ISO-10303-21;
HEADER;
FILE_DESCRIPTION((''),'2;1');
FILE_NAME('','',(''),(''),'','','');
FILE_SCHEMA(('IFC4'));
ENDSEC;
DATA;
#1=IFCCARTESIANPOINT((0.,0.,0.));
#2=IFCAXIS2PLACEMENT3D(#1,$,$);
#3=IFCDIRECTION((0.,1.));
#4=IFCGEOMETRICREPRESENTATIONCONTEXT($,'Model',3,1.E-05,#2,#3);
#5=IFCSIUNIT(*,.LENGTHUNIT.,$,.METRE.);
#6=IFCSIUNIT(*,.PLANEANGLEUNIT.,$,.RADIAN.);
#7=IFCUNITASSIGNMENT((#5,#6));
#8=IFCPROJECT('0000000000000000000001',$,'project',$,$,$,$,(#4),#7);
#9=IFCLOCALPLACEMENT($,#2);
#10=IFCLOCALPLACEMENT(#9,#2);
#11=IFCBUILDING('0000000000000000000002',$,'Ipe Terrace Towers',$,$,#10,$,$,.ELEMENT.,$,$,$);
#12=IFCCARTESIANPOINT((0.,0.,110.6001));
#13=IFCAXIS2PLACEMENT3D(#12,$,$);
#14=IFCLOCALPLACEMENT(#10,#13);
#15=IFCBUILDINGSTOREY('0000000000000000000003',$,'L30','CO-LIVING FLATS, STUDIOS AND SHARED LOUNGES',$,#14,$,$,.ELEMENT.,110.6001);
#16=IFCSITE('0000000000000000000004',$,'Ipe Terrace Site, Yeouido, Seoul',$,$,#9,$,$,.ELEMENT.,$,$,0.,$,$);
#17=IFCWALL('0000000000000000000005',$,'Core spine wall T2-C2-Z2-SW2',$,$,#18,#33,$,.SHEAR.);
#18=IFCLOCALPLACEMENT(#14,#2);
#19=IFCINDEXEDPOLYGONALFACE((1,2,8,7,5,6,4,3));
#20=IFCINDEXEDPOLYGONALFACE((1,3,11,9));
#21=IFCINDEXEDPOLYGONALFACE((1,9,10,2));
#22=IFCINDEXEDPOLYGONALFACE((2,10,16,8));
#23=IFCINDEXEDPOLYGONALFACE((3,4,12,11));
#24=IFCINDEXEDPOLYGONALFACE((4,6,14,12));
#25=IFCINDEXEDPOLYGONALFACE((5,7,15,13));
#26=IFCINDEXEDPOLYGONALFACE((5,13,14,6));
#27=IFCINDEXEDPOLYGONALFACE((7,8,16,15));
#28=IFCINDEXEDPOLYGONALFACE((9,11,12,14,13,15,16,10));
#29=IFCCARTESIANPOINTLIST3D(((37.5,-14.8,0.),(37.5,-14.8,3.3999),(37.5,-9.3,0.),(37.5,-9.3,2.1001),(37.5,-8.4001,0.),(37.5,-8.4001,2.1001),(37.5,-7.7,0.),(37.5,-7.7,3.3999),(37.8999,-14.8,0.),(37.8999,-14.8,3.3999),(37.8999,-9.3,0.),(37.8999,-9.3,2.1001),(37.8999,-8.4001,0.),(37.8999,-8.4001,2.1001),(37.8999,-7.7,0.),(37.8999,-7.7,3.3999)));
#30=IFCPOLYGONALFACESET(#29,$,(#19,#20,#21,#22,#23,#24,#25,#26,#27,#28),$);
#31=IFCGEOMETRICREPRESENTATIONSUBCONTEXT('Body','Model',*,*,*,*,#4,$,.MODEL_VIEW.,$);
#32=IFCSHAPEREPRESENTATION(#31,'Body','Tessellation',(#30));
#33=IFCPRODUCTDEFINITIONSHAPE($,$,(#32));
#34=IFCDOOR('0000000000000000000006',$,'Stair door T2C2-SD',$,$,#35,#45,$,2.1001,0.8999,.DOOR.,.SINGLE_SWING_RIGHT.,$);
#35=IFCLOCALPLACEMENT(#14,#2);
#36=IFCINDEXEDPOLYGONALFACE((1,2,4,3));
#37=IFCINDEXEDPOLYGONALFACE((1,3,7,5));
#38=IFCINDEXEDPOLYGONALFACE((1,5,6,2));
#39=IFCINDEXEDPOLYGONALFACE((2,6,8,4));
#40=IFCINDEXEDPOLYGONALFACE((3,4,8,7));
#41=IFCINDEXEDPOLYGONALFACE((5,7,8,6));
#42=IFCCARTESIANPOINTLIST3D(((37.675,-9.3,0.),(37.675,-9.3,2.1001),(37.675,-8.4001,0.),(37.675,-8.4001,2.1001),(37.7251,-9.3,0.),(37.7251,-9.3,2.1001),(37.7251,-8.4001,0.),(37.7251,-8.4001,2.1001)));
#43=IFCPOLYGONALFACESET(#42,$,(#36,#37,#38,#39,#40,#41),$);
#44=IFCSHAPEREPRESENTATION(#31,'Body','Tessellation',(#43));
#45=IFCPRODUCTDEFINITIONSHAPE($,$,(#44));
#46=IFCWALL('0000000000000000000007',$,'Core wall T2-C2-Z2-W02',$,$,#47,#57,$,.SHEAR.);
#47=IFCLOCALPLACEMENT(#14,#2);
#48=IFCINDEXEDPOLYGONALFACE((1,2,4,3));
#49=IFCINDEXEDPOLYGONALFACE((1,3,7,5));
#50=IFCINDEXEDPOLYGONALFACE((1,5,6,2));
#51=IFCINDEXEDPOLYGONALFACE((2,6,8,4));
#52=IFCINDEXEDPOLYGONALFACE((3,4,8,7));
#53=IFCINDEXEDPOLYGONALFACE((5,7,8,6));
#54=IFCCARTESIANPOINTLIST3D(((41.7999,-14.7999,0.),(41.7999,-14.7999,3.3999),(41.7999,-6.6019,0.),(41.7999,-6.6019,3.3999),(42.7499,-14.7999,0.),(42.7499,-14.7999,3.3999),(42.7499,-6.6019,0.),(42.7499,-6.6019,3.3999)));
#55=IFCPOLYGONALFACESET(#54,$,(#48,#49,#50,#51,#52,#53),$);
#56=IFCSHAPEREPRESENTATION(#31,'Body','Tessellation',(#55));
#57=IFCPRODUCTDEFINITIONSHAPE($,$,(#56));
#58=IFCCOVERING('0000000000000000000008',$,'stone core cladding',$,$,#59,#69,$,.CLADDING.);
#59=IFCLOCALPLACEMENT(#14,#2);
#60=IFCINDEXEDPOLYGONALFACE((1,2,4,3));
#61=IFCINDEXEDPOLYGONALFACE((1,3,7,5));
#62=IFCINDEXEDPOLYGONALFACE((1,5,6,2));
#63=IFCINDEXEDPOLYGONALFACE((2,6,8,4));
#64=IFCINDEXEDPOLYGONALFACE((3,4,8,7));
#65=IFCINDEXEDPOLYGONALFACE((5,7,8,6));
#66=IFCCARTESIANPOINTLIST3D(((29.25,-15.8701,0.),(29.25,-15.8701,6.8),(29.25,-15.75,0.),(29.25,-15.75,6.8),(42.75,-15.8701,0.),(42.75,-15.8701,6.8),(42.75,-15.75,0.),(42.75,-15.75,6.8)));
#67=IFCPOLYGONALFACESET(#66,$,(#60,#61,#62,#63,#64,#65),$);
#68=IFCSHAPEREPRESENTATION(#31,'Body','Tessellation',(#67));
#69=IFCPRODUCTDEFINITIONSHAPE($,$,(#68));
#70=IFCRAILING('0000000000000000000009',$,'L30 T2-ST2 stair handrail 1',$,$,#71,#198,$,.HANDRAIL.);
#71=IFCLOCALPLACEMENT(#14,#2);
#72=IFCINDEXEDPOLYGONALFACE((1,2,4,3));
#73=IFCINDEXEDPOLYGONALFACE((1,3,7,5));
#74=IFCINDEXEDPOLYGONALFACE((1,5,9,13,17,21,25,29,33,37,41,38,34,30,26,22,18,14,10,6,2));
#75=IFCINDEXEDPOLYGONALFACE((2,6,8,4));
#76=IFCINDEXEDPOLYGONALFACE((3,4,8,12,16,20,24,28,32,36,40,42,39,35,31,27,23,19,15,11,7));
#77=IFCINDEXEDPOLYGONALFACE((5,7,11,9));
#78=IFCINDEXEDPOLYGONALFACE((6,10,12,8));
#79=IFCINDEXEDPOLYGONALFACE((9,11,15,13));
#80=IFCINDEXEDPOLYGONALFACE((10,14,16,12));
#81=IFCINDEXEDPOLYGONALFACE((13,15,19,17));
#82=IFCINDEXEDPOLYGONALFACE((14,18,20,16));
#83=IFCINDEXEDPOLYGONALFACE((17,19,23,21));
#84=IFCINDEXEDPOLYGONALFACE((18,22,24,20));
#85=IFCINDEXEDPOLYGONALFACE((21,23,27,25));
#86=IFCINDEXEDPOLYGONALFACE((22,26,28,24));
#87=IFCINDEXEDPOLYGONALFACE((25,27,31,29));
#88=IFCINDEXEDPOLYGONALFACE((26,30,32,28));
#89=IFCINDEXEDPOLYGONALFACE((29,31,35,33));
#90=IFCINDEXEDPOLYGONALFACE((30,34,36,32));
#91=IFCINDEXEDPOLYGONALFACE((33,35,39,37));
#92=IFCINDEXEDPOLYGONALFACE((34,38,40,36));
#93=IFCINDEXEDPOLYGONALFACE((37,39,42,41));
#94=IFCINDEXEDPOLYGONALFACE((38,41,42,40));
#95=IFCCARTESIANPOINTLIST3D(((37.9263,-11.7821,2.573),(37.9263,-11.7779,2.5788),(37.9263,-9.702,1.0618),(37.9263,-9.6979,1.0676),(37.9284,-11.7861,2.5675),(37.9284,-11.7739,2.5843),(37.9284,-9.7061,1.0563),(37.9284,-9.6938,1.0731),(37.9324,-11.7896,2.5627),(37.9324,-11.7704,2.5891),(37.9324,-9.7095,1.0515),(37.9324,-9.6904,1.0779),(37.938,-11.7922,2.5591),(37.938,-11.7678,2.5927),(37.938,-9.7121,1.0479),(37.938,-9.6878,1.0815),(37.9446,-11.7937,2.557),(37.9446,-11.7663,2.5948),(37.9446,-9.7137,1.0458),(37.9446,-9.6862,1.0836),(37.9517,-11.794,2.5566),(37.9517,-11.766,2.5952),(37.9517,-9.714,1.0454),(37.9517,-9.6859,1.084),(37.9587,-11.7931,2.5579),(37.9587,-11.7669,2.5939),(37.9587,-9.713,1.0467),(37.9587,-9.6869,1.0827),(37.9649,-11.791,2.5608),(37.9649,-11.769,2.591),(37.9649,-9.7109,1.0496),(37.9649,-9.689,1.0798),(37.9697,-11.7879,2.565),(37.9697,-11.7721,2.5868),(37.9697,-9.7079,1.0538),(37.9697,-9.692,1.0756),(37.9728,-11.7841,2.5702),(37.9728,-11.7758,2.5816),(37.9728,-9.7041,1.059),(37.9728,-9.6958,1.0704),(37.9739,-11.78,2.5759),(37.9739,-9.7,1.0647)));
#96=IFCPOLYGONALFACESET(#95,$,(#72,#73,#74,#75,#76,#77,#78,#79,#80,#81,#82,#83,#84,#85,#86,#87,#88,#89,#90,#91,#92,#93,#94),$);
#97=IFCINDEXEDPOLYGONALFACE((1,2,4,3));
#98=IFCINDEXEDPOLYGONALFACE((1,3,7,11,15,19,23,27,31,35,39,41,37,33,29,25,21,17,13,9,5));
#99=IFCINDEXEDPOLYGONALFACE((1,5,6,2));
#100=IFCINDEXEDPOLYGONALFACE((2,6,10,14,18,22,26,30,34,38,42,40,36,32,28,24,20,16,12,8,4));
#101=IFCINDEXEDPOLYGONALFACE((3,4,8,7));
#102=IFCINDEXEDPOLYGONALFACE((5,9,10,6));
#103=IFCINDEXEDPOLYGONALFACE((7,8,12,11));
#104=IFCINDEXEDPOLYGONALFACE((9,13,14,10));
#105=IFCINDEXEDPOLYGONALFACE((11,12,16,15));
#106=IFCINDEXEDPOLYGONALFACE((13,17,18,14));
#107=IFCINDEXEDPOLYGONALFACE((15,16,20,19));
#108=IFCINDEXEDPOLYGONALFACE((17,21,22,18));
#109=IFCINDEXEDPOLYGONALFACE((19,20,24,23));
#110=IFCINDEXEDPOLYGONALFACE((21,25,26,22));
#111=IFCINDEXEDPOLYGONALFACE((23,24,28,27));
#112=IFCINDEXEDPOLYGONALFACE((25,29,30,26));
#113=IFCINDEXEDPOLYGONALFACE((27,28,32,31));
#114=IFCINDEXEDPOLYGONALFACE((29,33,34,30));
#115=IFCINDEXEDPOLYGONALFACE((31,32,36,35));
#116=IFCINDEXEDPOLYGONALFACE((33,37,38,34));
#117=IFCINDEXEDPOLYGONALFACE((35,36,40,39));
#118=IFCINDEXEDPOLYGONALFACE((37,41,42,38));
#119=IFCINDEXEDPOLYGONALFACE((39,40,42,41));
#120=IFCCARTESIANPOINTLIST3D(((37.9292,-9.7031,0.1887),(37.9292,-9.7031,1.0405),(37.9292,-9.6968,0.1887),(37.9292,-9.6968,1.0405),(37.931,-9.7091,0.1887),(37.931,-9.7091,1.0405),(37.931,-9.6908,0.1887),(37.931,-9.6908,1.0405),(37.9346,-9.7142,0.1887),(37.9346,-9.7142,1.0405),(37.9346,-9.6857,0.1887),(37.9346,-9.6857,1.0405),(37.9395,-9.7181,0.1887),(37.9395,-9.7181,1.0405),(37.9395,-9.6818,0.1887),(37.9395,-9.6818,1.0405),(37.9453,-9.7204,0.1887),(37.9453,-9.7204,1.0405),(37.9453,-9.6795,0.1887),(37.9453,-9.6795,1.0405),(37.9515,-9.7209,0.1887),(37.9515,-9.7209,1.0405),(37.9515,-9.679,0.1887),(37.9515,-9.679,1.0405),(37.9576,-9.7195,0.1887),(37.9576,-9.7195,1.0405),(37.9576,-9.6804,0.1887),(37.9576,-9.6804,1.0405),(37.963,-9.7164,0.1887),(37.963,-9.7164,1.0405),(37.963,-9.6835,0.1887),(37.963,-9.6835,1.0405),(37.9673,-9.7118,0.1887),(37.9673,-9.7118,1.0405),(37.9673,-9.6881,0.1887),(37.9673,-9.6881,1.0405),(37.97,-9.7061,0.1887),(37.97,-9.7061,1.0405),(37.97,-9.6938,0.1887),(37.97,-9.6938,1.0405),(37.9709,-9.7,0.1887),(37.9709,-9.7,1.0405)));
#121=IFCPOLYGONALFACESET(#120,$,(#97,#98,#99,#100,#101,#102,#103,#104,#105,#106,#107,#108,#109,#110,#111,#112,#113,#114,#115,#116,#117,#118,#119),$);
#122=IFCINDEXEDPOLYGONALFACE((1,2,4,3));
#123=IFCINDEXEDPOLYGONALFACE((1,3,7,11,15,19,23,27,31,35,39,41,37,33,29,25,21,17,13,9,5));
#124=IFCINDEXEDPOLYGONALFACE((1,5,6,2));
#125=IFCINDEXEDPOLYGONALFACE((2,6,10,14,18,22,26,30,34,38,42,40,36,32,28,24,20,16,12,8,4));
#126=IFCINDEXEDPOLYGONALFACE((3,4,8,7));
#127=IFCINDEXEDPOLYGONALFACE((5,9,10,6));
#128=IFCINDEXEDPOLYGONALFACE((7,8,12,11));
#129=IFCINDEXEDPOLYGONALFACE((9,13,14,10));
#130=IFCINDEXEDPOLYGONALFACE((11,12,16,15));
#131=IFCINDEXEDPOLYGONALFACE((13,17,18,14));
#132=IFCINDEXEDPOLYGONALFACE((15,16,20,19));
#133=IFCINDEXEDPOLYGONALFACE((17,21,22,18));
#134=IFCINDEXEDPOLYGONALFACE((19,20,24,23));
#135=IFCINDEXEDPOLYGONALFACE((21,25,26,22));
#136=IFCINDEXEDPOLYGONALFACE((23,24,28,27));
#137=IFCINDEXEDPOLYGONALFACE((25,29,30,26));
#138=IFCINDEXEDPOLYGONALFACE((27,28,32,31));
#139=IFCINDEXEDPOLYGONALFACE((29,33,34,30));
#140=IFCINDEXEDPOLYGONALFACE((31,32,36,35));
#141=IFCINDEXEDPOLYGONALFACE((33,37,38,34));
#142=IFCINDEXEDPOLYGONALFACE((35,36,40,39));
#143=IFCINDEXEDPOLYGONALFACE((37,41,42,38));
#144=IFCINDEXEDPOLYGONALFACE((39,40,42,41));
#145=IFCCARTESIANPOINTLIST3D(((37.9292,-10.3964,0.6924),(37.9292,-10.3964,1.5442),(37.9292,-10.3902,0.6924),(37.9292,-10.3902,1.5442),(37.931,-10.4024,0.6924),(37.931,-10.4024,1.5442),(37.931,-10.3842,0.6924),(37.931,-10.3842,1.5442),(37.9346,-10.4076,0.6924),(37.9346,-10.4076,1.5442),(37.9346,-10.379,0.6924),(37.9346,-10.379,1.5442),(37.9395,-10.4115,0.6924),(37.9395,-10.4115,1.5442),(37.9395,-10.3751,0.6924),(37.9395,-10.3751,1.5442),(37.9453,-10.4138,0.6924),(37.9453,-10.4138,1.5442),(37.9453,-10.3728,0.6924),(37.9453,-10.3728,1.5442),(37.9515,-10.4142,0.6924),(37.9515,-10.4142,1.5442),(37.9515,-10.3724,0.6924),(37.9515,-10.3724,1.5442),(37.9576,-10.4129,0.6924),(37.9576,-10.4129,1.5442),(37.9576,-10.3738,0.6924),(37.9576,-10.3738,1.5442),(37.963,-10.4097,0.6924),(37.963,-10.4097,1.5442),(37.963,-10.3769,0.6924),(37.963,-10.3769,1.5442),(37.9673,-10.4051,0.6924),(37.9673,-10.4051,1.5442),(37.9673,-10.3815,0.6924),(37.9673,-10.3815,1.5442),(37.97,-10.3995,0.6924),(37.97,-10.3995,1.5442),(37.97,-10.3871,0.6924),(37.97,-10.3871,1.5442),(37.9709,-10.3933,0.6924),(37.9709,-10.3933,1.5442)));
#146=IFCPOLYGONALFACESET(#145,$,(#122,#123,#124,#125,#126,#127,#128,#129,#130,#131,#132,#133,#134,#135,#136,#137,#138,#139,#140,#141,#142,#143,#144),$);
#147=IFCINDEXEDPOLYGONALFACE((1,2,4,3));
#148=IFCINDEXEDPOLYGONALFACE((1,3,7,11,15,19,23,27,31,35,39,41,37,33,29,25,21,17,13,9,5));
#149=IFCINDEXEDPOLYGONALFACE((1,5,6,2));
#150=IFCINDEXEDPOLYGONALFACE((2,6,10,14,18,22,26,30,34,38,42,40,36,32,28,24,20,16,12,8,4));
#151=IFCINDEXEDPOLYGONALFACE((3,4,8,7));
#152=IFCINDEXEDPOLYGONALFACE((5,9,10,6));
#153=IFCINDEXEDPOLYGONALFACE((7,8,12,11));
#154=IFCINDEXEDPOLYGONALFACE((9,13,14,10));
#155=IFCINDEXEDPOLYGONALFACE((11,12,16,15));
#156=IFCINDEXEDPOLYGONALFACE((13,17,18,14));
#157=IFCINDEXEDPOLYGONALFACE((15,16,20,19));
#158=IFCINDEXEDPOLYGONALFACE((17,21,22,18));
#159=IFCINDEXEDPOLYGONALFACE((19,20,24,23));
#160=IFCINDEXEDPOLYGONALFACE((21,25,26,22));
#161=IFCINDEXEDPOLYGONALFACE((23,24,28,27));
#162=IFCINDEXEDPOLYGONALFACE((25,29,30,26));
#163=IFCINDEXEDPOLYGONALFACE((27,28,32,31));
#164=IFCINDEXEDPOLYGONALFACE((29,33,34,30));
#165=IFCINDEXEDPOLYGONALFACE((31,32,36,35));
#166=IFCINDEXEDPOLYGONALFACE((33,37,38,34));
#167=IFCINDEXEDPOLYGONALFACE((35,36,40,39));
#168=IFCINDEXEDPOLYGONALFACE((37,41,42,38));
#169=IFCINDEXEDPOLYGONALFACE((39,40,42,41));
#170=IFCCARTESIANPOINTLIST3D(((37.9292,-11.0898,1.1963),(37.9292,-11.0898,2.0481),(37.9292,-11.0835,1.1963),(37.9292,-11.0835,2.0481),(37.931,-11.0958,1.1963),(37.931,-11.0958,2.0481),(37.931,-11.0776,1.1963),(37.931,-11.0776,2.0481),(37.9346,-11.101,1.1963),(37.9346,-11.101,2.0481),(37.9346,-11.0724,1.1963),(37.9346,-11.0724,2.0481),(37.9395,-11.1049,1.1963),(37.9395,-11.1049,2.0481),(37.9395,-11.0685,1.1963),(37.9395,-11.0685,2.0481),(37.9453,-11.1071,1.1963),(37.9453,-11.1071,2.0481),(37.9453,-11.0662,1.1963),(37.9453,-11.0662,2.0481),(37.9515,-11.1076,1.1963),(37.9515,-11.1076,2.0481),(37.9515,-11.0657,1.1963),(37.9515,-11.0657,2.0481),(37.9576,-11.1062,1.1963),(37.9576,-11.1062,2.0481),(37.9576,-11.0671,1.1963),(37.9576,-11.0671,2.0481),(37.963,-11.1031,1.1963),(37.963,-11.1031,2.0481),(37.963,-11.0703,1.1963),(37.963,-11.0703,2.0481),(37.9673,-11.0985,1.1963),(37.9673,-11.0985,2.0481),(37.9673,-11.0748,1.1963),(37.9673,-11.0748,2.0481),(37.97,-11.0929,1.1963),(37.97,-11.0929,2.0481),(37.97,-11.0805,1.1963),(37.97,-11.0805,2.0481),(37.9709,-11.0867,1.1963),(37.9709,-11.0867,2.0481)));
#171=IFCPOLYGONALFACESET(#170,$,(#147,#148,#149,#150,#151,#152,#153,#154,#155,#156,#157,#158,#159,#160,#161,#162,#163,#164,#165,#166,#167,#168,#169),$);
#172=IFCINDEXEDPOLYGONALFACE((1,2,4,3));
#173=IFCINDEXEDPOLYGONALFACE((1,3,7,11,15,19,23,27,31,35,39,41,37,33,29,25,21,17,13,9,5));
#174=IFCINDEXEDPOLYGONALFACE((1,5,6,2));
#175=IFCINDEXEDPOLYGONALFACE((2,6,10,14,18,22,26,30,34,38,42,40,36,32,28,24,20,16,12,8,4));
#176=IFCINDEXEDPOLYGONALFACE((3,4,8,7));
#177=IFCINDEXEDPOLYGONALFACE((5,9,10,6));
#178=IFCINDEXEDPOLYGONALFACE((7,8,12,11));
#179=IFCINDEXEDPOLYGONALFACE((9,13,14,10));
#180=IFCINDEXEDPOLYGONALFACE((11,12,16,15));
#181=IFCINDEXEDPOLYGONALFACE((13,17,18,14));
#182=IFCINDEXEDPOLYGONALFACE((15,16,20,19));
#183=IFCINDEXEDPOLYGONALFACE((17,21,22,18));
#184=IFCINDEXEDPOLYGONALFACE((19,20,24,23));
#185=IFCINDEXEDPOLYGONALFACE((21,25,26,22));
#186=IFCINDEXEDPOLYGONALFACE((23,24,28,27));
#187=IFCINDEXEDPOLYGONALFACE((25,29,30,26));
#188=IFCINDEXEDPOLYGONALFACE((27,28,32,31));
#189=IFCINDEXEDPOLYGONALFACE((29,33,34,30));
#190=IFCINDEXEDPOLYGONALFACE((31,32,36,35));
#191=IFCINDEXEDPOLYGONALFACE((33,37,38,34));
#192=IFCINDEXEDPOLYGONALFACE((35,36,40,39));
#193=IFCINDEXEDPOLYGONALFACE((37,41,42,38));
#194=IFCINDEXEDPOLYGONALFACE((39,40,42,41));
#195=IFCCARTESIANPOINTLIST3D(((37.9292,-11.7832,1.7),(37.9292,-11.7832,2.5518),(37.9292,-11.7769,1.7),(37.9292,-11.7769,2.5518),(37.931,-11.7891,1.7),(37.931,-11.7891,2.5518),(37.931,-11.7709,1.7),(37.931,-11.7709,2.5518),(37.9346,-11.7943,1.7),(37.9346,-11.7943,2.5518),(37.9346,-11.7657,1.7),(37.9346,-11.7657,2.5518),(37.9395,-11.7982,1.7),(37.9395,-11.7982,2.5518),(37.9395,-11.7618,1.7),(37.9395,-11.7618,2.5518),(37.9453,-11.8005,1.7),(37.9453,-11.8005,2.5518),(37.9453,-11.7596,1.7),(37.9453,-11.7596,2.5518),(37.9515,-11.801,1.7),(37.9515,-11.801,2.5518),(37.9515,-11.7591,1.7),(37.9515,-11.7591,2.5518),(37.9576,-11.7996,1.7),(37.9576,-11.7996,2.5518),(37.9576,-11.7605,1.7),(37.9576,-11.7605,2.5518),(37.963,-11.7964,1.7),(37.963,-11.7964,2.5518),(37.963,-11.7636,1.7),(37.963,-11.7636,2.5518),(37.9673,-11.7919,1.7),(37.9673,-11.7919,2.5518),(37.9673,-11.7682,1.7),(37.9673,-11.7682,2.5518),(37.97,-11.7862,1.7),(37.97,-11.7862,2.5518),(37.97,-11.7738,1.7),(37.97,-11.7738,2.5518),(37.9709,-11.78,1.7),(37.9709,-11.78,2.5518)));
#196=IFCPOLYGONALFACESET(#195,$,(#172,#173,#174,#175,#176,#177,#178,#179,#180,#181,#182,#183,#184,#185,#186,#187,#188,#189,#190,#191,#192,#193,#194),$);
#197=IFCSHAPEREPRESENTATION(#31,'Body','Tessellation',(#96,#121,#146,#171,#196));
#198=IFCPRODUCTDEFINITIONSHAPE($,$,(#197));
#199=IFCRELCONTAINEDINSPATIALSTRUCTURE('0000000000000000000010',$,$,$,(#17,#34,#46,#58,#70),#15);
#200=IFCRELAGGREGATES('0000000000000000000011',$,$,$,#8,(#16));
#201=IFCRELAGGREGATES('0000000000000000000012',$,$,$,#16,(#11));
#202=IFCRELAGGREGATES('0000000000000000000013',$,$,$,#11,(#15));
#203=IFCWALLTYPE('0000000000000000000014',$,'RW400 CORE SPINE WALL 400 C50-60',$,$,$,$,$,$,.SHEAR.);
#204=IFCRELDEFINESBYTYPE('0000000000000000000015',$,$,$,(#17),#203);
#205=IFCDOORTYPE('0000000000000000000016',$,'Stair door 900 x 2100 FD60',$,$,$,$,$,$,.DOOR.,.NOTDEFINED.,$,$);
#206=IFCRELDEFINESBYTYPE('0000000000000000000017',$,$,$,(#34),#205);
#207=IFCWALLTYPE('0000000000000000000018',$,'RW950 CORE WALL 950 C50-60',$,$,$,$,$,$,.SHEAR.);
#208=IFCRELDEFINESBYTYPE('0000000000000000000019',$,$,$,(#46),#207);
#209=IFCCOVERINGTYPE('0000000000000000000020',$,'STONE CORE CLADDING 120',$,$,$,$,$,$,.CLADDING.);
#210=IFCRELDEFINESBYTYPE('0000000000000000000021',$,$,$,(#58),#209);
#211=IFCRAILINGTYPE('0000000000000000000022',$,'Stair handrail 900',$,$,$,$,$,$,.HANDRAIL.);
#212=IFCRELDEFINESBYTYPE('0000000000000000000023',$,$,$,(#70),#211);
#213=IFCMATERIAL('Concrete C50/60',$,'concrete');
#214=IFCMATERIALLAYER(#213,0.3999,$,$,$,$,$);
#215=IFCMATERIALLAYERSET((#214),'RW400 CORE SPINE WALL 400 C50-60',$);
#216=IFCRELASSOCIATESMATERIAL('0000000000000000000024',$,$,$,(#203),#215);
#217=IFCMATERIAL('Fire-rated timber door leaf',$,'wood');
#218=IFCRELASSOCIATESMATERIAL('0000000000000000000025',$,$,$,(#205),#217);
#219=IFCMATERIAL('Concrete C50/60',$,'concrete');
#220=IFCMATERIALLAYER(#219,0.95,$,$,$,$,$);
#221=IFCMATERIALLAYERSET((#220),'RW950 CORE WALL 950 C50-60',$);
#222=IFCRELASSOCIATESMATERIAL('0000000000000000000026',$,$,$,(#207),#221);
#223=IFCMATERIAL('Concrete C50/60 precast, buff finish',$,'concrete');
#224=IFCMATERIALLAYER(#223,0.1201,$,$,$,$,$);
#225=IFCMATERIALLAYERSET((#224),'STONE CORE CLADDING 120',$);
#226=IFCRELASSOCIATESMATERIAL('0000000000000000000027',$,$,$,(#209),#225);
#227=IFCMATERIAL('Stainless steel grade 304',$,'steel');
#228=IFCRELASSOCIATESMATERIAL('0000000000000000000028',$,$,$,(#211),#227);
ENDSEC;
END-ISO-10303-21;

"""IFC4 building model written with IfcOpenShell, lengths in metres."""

from ifc_helpers import new_model, si_unit, direction, frame, frame_2d, origin, origin_2d, place, context, subcontext, project, spatial, rectangle, circle, extrude, material, layer, layer_set, type_object, element, fill, save


model = new_model("IFC4")

# Units and contexts
model_context = context("Model", 3, precision=1e-05, world=origin(), true_north=direction((0.0, 1.0)))
body_context = subcontext(model_context, "Body", "Model", "MODEL_VIEW")
ifc_project = project(units=[si_unit("LENGTHUNIT", "METRE"), si_unit("PLANEANGLEUNIT", "RADIAN")], contexts=[model_context])

# Site, building, storey
site_placement = place(None, origin())
site = spatial("IfcSite", under=ifc_project, at=site_placement, Name="Ipe Terrace Site, Yeouido, Seoul", CompositionType="ELEMENT", RefElevation=0.0)
building_placement = place(site_placement, origin())
building = spatial("IfcBuilding", under=site, at=building_placement, Name="Ipe Terrace Towers", CompositionType="ELEMENT")
storey_placement = place(building_placement, frame((0.0, 0.0, 110.6001)))
storey = spatial("IfcBuildingStorey", under=building, at=storey_placement, Name="L30", Description="CO-LIVING FLATS, STUDIOS AND SHARED LOUNGES", CompositionType="ELEMENT", Elevation=110.6001)

# Wall, opening, door
ifc_material_1 = material(Name="Concrete C50/60", Category="concrete")
ifc_layer_1 = layer(ifc_material_1, 0.3999)
ifc_layer_set_1 = layer_set([ifc_layer_1], Name="RW400 CORE SPINE WALL 400 C50-60")
wall_type_1 = type_object("IfcWallType", Name="RW400 CORE SPINE WALL 400 C50-60", PredefinedType="SHEAR", material=ifc_layer_set_1)
wall_1_placement = place(storey_placement, frame((37.7, -14.8, 0.0), z_axis=(0.0, 0.0, 1.0), x_axis=(0.0, 1.0, 0.0)))
wall_1 = element("IfcWall", 1, at=wall_1_placement, inside=storey, type_object=wall_type_1, Name="Core spine wall T2-C2-Z2-SW2", PredefinedType="SHEAR", context=body_context, shape_type="SweptSolid", body=[
    extrude(rectangle(XDim=7.1001, YDim=0.3999, at=frame_2d((3.55, 0.0))), origin(), (0.0, 0.0, 1.0), 3.3999),
])
opening_1_placement = place(wall_1_placement, frame((5.5, 0.0, 0.0)))
opening_1 = element("IfcOpeningElement", 2, at=opening_1_placement, cuts=wall_1, PredefinedType="OPENING", context=body_context, shape_type="SweptSolid", body=[
    extrude(rectangle(XDim=0.8999, YDim=2.1001, at=frame_2d((0.45, 1.05))), frame((0.0, 0.21, 0.0), z_axis=(0.0, -1.0, 0.0), x_axis=(1.0, 0.0, 0.0)), (0.0, 0.0, 1.0), 0.4199),
])
ifc_material_2 = material(Name="Fire-rated timber door leaf", Category="wood")
door_type_1 = type_object("IfcDoorType", Name="Stair door 900 x 2100 FD60", OperationType="NOTDEFINED", PredefinedType="DOOR", material=ifc_material_2)
door_1_placement = place(opening_1_placement, origin())
door_1 = element("IfcDoor", 3, at=door_1_placement, inside=storey, type_object=door_type_1, Name="Stair door T2C2-SD", OperationType="SINGLE_SWING_RIGHT", OverallHeight=2.1001, OverallWidth=0.8999, PredefinedType="DOOR", context=body_context, shape_type="SweptSolid", body=[
    extrude(rectangle(XDim=0.8999, YDim=2.1001, at=frame_2d((0.45, 1.05))), frame((0.0, 0.0249, 0.0), z_axis=(0.0, -1.0, 0.0), x_axis=(1.0, 0.0, 0.0)), (0.0, 0.0, 1.0), 0.05),
])
fill(opening_1, door_1)

# Wall
ifc_material_3 = material(Name="Concrete C50/60", Category="concrete")
ifc_layer_2 = layer(ifc_material_3, 0.95)
ifc_layer_set_2 = layer_set([ifc_layer_2], Name="RW950 CORE WALL 950 C50-60")
wall_type_2 = type_object("IfcWallType", Name="RW950 CORE WALL 950 C50-60", PredefinedType="SHEAR", material=ifc_layer_set_2)
wall_2_placement = place(storey_placement, frame((42.2749, -14.8, 0.0), z_axis=(0.0, 0.0, 1.0), x_axis=(0.0, 1.0, 0.0)))
element("IfcWall", 4, at=wall_2_placement, inside=storey, type_object=wall_type_2, Name="Core wall T2-C2-Z2-W02", PredefinedType="SHEAR", context=body_context, shape_type="SweptSolid", body=[
    extrude(rectangle(XDim=8.198, YDim=0.95, at=frame_2d((4.0991, 0.0))), origin(), (0.0, 0.0, 1.0), 3.3999),
])

# Covering
ifc_material_4 = material(Name="Concrete C50/60 precast, buff finish", Category="concrete")
ifc_layer_3 = layer(ifc_material_4, 0.1201)
ifc_layer_set_3 = layer_set([ifc_layer_3], Name="STONE CORE CLADDING 120")
covering_type = type_object("IfcCoveringType", Name="STONE CORE CLADDING 120", PredefinedType="CLADDING", material=ifc_layer_set_3)
covering_placement = place(storey_placement, frame((36.0, -15.8101, 0.0), z_axis=(0.0, 0.0, 1.0), x_axis=(1.0, 0.0, 0.0)))
element("IfcCovering", 5, at=covering_placement, inside=storey, type_object=covering_type, Name="stone core cladding", PredefinedType="CLADDING", context=body_context, shape_type="SweptSolid", body=[
    extrude(rectangle(XDim=13.5, YDim=0.1201, at=origin_2d()), origin(), (0.0, 0.0, 1.0), 6.8),
])

# Railing
ifc_material_5 = material(Name="Stainless steel grade 304", Category="steel")
railing_type_1 = type_object("IfcRailingType", Name="Stair handrail 900", PredefinedType="HANDRAIL", material=ifc_material_5)
railing_1_placement = place(storey_placement, frame((37.95, -9.7, 0.1887)))
element("IfcRailing", 6, at=railing_1_placement, inside=storey, type_object=railing_type_1, Name="L30 T2-ST2 stair handrail 1", PredefinedType="HANDRAIL", context=body_context, shape_type="SweptSolid", body=[
    extrude(circle(Radius=0.0239, at=origin_2d()), frame((0.0, 0.0, 0.876), z_axis=(0.0, -0.809023, 0.587776), x_axis=(1.0, 0.0, 0.0)), (0.0, 0.0, 1.0), 2.571),
    extrude(circle(Radius=0.021, at=origin_2d()), origin(), (0.0, 0.0, 1.0), 0.8518),
    extrude(circle(Radius=0.021, at=origin_2d()), frame((0.0, -0.6934, 0.5037)), (0.0, 0.0, 1.0), 0.8518),
    extrude(circle(Radius=0.021, at=origin_2d()), frame((0.0, -1.3867, 1.0076)), (0.0, 0.0, 1.0), 0.8518),
    extrude(circle(Radius=0.021, at=origin_2d()), frame((0.0, -2.0801, 1.5112)), (0.0, 0.0, 1.0), 0.8518),
])

save(model, "model.ifc")
